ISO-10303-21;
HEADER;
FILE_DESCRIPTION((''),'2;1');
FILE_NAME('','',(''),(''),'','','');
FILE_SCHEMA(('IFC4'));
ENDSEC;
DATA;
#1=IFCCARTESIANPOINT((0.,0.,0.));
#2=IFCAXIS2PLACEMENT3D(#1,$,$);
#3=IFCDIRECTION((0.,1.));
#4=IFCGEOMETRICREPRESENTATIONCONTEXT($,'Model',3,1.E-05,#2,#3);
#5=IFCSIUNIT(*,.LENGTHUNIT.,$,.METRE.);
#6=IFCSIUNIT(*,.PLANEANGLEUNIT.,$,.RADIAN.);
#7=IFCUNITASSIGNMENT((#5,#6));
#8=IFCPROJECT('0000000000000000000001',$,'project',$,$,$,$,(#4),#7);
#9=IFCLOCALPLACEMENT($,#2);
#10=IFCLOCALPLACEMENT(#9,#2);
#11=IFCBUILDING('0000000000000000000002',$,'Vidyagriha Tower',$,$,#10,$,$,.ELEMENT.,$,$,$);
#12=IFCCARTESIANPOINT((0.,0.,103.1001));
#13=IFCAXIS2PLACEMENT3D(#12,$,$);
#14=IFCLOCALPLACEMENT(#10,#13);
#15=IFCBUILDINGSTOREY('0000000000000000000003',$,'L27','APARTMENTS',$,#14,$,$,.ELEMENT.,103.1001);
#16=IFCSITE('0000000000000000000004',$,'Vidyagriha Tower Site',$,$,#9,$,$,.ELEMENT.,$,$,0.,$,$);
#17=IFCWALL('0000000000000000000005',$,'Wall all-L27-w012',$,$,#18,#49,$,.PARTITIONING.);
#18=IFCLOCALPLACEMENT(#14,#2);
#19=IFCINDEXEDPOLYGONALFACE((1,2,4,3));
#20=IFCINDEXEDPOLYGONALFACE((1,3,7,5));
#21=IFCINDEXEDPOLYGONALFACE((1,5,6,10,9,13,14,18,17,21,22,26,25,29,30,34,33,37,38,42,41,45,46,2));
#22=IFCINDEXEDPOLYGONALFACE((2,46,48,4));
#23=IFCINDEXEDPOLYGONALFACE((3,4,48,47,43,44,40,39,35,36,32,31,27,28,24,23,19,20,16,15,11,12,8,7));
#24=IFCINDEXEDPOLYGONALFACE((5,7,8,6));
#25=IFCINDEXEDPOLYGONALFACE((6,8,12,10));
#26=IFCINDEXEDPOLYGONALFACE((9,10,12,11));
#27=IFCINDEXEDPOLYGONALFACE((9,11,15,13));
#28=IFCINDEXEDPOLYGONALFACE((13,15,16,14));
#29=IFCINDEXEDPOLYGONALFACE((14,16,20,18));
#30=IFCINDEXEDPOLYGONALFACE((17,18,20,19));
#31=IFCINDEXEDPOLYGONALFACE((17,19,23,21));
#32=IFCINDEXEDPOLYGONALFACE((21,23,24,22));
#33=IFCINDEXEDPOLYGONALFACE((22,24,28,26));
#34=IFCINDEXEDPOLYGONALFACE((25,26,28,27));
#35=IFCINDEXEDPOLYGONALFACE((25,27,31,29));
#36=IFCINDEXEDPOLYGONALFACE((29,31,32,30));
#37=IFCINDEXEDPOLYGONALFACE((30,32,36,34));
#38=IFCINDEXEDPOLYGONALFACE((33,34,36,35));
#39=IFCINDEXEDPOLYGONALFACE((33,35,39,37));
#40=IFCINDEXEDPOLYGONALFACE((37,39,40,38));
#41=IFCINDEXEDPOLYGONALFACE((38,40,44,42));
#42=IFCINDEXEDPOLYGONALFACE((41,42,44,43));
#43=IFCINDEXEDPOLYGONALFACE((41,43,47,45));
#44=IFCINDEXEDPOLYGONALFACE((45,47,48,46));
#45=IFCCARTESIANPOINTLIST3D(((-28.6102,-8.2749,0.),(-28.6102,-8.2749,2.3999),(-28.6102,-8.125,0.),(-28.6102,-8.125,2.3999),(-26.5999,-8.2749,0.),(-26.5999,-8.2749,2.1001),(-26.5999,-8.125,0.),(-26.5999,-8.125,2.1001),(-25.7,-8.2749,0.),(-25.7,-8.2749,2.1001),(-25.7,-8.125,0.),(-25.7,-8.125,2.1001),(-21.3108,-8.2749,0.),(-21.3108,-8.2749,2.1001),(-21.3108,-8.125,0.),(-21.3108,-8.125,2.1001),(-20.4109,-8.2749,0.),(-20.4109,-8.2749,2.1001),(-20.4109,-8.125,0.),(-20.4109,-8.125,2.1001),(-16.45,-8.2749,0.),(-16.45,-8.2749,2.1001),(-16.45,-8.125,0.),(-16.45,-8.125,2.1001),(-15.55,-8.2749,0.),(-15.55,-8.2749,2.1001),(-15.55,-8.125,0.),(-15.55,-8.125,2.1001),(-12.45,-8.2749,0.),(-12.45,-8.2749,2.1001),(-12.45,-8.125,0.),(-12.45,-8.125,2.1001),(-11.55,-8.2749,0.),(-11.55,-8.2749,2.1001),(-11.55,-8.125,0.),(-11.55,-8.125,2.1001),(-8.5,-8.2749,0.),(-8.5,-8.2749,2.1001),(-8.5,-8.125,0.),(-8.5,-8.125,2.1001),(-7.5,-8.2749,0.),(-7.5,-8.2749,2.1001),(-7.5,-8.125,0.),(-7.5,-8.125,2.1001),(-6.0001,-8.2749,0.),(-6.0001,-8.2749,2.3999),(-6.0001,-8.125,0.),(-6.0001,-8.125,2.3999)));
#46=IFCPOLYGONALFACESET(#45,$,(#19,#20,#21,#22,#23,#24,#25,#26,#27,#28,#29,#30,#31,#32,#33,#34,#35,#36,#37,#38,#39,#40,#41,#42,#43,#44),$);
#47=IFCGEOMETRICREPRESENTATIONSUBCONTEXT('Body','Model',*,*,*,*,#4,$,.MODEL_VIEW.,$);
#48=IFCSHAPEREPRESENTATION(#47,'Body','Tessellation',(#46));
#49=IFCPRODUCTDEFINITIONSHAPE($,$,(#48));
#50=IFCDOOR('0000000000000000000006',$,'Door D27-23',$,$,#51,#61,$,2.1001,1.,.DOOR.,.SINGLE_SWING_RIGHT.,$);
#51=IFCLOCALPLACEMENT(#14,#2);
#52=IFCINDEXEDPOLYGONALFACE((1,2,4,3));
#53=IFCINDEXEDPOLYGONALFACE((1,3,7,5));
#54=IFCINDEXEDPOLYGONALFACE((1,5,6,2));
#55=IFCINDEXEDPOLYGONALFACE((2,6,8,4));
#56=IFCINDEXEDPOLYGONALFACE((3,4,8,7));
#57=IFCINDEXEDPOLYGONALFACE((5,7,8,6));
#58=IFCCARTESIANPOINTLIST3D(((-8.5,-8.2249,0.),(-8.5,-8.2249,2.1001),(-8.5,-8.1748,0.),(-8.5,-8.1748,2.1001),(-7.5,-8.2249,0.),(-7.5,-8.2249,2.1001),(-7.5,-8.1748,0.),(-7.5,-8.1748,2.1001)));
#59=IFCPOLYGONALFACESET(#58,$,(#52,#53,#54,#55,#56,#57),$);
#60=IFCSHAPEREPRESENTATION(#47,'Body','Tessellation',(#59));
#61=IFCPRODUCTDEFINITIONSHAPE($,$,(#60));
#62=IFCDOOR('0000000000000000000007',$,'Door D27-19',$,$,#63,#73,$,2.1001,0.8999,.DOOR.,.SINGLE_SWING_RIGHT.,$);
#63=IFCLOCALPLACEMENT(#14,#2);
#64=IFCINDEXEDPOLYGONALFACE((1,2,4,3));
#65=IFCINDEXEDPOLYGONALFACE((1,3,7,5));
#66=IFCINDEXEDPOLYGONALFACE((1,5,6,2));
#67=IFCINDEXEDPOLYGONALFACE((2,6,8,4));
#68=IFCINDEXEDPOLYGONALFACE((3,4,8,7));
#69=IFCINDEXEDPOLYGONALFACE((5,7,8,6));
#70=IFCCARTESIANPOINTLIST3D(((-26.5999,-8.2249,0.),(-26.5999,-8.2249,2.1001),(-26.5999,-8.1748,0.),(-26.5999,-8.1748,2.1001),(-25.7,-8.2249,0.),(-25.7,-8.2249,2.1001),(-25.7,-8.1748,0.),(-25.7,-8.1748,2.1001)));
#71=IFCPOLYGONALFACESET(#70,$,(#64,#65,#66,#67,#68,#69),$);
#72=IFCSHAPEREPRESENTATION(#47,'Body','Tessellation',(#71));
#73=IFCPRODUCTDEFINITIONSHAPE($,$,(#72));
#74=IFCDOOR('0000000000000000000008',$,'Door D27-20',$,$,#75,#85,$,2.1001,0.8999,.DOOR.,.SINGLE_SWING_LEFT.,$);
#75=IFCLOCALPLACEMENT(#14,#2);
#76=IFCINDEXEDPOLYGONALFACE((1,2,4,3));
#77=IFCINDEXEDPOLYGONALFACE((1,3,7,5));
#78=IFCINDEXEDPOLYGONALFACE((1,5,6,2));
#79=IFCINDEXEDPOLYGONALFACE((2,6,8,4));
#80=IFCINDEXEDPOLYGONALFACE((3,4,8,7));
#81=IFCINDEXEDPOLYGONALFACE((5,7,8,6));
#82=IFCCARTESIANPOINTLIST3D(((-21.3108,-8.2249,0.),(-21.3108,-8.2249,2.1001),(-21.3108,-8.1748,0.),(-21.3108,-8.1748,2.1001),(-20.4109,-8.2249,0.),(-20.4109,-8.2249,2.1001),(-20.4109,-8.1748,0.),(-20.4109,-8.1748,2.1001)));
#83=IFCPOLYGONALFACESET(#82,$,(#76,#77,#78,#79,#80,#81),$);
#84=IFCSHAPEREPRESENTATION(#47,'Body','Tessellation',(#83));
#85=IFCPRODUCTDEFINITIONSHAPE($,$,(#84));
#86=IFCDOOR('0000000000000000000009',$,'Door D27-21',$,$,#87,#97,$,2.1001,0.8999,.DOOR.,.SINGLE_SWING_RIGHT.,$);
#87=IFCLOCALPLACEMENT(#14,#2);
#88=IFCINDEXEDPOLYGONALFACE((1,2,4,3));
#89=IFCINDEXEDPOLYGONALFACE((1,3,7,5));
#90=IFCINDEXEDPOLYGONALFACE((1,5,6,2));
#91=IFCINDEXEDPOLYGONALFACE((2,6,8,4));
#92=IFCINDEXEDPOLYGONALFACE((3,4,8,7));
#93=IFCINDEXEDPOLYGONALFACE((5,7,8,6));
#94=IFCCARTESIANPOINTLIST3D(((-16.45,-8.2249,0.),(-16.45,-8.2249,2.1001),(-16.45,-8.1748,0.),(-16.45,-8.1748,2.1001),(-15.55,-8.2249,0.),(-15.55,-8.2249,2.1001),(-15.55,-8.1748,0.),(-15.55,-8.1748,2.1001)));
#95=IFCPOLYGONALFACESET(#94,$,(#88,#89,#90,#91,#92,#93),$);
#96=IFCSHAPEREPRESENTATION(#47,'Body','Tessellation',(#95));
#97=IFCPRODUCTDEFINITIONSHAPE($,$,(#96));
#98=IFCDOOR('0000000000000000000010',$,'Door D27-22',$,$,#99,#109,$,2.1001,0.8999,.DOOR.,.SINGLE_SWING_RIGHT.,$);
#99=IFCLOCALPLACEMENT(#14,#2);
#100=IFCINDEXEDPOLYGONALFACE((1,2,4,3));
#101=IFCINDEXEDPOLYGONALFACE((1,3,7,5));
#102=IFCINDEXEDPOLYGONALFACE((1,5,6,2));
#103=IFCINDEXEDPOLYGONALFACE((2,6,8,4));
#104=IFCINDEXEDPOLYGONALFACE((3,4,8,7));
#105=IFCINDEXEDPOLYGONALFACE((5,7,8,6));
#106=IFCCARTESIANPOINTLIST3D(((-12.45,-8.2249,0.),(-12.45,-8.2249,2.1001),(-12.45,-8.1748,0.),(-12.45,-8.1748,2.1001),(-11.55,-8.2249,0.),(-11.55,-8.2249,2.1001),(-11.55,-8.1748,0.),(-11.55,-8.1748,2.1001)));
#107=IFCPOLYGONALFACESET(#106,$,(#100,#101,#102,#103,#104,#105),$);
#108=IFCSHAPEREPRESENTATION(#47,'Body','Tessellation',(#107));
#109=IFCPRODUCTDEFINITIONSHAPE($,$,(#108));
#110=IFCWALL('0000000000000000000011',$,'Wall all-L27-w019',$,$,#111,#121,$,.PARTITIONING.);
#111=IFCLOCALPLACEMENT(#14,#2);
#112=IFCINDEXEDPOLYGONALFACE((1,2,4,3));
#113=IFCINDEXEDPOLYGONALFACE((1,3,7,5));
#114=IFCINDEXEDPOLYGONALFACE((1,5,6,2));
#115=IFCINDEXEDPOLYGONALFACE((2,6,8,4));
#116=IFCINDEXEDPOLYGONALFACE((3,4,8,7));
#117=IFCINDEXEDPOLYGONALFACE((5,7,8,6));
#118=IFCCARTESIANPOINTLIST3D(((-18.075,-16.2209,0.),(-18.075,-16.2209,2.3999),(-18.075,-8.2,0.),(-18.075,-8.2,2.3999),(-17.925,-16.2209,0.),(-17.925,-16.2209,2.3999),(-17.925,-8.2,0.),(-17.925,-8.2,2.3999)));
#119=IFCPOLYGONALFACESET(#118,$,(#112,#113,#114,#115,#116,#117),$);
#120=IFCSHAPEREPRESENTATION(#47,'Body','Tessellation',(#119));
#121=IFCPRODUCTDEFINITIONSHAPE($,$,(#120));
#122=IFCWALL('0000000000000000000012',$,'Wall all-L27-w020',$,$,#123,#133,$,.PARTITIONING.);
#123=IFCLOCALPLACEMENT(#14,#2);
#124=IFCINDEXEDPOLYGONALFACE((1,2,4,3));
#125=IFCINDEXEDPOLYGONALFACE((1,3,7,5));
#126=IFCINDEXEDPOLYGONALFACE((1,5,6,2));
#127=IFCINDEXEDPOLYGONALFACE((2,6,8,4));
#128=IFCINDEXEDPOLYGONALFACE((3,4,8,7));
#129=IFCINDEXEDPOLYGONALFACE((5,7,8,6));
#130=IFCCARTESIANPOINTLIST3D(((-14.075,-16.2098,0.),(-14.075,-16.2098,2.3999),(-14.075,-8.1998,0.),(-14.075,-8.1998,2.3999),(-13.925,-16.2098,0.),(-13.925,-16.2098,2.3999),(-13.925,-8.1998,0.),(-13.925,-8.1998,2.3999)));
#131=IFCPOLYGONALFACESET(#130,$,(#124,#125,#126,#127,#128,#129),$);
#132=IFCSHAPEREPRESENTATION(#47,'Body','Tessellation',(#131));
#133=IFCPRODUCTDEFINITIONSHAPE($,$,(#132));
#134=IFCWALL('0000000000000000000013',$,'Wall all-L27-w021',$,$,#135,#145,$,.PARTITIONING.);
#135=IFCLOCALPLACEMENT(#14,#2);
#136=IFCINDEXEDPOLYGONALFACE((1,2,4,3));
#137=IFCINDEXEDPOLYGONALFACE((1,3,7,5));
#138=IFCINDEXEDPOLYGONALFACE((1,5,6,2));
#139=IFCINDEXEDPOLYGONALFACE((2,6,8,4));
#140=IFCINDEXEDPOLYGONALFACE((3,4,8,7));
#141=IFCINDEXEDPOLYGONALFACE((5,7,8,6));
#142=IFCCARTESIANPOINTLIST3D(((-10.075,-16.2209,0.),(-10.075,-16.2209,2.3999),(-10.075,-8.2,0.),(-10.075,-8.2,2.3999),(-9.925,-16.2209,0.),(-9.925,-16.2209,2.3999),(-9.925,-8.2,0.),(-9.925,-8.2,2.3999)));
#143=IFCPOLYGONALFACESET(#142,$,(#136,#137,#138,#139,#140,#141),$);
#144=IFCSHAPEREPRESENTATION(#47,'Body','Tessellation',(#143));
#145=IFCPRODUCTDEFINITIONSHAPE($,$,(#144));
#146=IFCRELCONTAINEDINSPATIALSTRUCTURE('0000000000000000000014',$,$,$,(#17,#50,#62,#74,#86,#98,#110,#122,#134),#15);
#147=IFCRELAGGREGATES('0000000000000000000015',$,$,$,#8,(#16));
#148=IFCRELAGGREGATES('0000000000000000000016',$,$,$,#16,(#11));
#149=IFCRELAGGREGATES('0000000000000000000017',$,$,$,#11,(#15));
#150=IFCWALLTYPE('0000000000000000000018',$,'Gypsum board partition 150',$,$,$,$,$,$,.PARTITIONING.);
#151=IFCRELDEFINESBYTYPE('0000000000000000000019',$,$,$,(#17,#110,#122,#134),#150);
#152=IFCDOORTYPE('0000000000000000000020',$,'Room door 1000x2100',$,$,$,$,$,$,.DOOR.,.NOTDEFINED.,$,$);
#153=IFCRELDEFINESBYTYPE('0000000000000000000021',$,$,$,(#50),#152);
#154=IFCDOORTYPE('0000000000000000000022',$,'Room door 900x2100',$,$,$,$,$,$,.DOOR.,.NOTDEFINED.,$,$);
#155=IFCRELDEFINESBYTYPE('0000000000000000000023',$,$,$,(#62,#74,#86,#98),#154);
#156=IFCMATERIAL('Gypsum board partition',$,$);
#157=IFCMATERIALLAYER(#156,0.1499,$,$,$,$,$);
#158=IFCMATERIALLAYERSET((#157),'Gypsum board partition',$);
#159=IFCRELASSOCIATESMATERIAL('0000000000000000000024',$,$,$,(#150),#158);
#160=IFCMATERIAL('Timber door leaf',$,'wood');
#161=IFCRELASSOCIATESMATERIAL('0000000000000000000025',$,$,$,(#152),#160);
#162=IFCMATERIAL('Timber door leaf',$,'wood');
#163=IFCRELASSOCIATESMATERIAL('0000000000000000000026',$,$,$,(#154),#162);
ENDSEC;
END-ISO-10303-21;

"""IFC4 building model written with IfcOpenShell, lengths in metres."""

from ifc_helpers import new_model, si_unit, direction, frame, frame_2d, origin, place, context, subcontext, project, spatial, rectangle, extrude, material, layer, layer_set, type_object, element, fill, save


model = new_model("IFC4")

# Units and contexts
model_context = context("Model", 3, precision=1e-05, world=origin(), true_north=direction((0.0, 1.0)))
body_context = subcontext(model_context, "Body", "Model", "MODEL_VIEW")
ifc_project = project(units=[si_unit("LENGTHUNIT", "METRE"), si_unit("PLANEANGLEUNIT", "RADIAN")], contexts=[model_context])

# Site, building, storey
site_placement = place(None, origin())
site = spatial("IfcSite", under=ifc_project, at=site_placement, Name="Vidyagriha Tower Site", CompositionType="ELEMENT", RefElevation=0.0)
building_placement = place(site_placement, origin())
building = spatial("IfcBuilding", under=site, at=building_placement, Name="Vidyagriha Tower", CompositionType="ELEMENT")
storey_placement = place(building_placement, frame((0.0, 0.0, 103.1001)))
storey = spatial("IfcBuildingStorey", under=building, at=storey_placement, Name="L27", Description="APARTMENTS", CompositionType="ELEMENT", Elevation=103.1001)

# Shared definitions
ifc_material_1 = material(Name="Gypsum board partition")
ifc_layer_1 = layer(ifc_material_1, 0.1499)
ifc_layer_set_1 = layer_set([ifc_layer_1], Name="Gypsum board partition")
wall_type_1 = type_object("IfcWallType", Name="Gypsum board partition 150", PredefinedType="PARTITIONING", material=ifc_layer_set_1)

# Wall, openings, doors
wall_1_placement = place(storey_placement, frame((-6.0, -8.2, 0.0), z_axis=(0.0, 0.0, 1.0), x_axis=(-1.0, 0.0, 0.0)))
wall_1 = element("IfcWall", 1, at=wall_1_placement, inside=storey, type_object=wall_type_1, Name="Wall all-L27-w012", PredefinedType="PARTITIONING", context=body_context, shape_type="SweptSolid", body=[
    extrude(rectangle(XDim=22.6101, YDim=0.1499, at=frame_2d((11.3052, 0.0))), origin(), (0.0, 0.0, 1.0), 2.3999),
])
opening_1_placement = place(wall_1_placement, frame((19.7, 0.0, 0.0)))
opening_1 = element("IfcOpeningElement", 2, at=opening_1_placement, cuts=wall_1, PredefinedType="OPENING", context=body_context, shape_type="SweptSolid", body=[
    extrude(rectangle(XDim=0.8999, YDim=2.1001, at=frame_2d((0.45, 1.05))), frame((0.0, 0.085, 0.0), z_axis=(0.0, -1.0, 0.0), x_axis=(1.0, 0.0, 0.0)), (0.0, 0.0, 1.0), 0.1699),
])
opening_2_placement = place(wall_1_placement, frame((14.4109, 0.0, 0.0)))
opening_2 = element("IfcOpeningElement", 3, at=opening_2_placement, cuts=wall_1, PredefinedType="OPENING", context=body_context, shape_type="SweptSolid", body=[
    extrude(rectangle(XDim=0.8999, YDim=2.1001, at=frame_2d((0.45, 1.05))), frame((0.0, 0.085, 0.0), z_axis=(0.0, -1.0, 0.0), x_axis=(1.0, 0.0, 0.0)), (0.0, 0.0, 1.0), 0.1699),
])
opening_3_placement = place(wall_1_placement, frame((9.55, 0.0, 0.0)))
opening_3 = element("IfcOpeningElement", 4, at=opening_3_placement, cuts=wall_1, PredefinedType="OPENING", context=body_context, shape_type="SweptSolid", body=[
    extrude(rectangle(XDim=0.8999, YDim=2.1001, at=frame_2d((0.45, 1.05))), frame((0.0, 0.085, 0.0), z_axis=(0.0, -1.0, 0.0), x_axis=(1.0, 0.0, 0.0)), (0.0, 0.0, 1.0), 0.1699),
])
opening_4_placement = place(wall_1_placement, frame((5.55, 0.0, 0.0)))
opening_4 = element("IfcOpeningElement", 5, at=opening_4_placement, cuts=wall_1, PredefinedType="OPENING", context=body_context, shape_type="SweptSolid", body=[
    extrude(rectangle(XDim=0.8999, YDim=2.1001, at=frame_2d((0.45, 1.05))), frame((0.0, 0.085, 0.0), z_axis=(0.0, -1.0, 0.0), x_axis=(1.0, 0.0, 0.0)), (0.0, 0.0, 1.0), 0.1699),
])
opening_5_placement = place(wall_1_placement, frame((1.5, 0.0, 0.0)))
opening_5 = element("IfcOpeningElement", 6, at=opening_5_placement, cuts=wall_1, PredefinedType="OPENING", context=body_context, shape_type="SweptSolid", body=[
    extrude(rectangle(XDim=1.0, YDim=2.1001, at=frame_2d((0.5, 1.05))), frame((0.0, 0.085, 0.0), z_axis=(0.0, -1.0, 0.0), x_axis=(1.0, 0.0, 0.0)), (0.0, 0.0, 1.0), 0.1699),
])
ifc_material_2 = material(Name="Timber door leaf", Category="wood")
door_type_1 = type_object("IfcDoorType", Name="Room door 1000x2100", OperationType="NOTDEFINED", PredefinedType="DOOR", material=ifc_material_2)
door_1_placement = place(opening_5_placement, origin())
door_1 = element("IfcDoor", 7, at=door_1_placement, inside=storey, type_object=door_type_1, Name="Door D27-23", OperationType="SINGLE_SWING_RIGHT", OverallHeight=2.1001, OverallWidth=1.0, PredefinedType="DOOR", context=body_context, shape_type="SweptSolid", body=[
    extrude(rectangle(XDim=1.0, YDim=2.1001, at=frame_2d((0.5, 1.05))), frame((0.0, 0.0249, 0.0), z_axis=(0.0, -1.0, 0.0), x_axis=(1.0, 0.0, 0.0)), (0.0, 0.0, 1.0), 0.05),
])
fill(opening_5, door_1)
ifc_material_3 = material(Name="Timber door leaf", Category="wood")
door_type_2 = type_object("IfcDoorType", Name="Room door 900x2100", OperationType="NOTDEFINED", PredefinedType="DOOR", material=ifc_material_3)
door_2_placement = place(opening_1_placement, origin())
door_2 = element("IfcDoor", 8, at=door_2_placement, inside=storey, type_object=door_type_2, Name="Door D27-19", OperationType="SINGLE_SWING_RIGHT", OverallHeight=2.1001, OverallWidth=0.8999, PredefinedType="DOOR", context=body_context, shape_type="SweptSolid", body=[
    extrude(rectangle(XDim=0.8999, YDim=2.1001, at=frame_2d((0.45, 1.05))), frame((0.0, 0.0249, 0.0), z_axis=(0.0, -1.0, 0.0), x_axis=(1.0, 0.0, 0.0)), (0.0, 0.0, 1.0), 0.05),
])
fill(opening_1, door_2)
door_3_placement = place(opening_2_placement, origin())
door_3 = element("IfcDoor", 9, at=door_3_placement, inside=storey, type_object=door_type_2, Name="Door D27-20", OperationType="SINGLE_SWING_LEFT", OverallHeight=2.1001, OverallWidth=0.8999, PredefinedType="DOOR", context=body_context, shape_type="SweptSolid", body=[
    extrude(rectangle(XDim=0.8999, YDim=2.1001, at=frame_2d((0.45, 1.05))), frame((0.0, 0.0249, 0.0), z_axis=(0.0, -1.0, 0.0), x_axis=(1.0, 0.0, 0.0)), (0.0, 0.0, 1.0), 0.05),
])
fill(opening_2, door_3)
door_4_placement = place(opening_3_placement, origin())
door_4 = element("IfcDoor", 10, at=door_4_placement, inside=storey, type_object=door_type_2, Name="Door D27-21", OperationType="SINGLE_SWING_RIGHT", OverallHeight=2.1001, OverallWidth=0.8999, PredefinedType="DOOR", context=body_context, shape_type="SweptSolid", body=[
    extrude(rectangle(XDim=0.8999, YDim=2.1001, at=frame_2d((0.45, 1.05))), frame((0.0, 0.0249, 0.0), z_axis=(0.0, -1.0, 0.0), x_axis=(1.0, 0.0, 0.0)), (0.0, 0.0, 1.0), 0.05),
])
fill(opening_3, door_4)
door_5_placement = place(opening_4_placement, origin())
door_5 = element("IfcDoor", 11, at=door_5_placement, inside=storey, type_object=door_type_2, Name="Door D27-22", OperationType="SINGLE_SWING_RIGHT", OverallHeight=2.1001, OverallWidth=0.8999, PredefinedType="DOOR", context=body_context, shape_type="SweptSolid", body=[
    extrude(rectangle(XDim=0.8999, YDim=2.1001, at=frame_2d((0.45, 1.05))), frame((0.0, 0.0249, 0.0), z_axis=(0.0, -1.0, 0.0), x_axis=(1.0, 0.0, 0.0)), (0.0, 0.0, 1.0), 0.05),
])
fill(opening_4, door_5)

# Walls
wall_2_placement = place(storey_placement, frame((-18.0, -8.2, 0.0), z_axis=(0.0, 0.0, 1.0), x_axis=(0.0, -1.0, 0.0)))
element("IfcWall", 12, at=wall_2_placement, inside=storey, type_object=wall_type_1, Name="Wall all-L27-w019", PredefinedType="PARTITIONING", context=body_context, shape_type="SweptSolid", body=[
    extrude(rectangle(XDim=8.021, YDim=0.1499, at=frame_2d((4.0105, 0.0))), origin(), (0.0, 0.0, 1.0), 2.3999),
])
wall_3_placement = place(storey_placement, frame((-14.0, -8.2, 0.0), z_axis=(0.0, 0.0, 1.0), x_axis=(0.0, -1.0, 0.0)))
element("IfcWall", 13, at=wall_3_placement, inside=storey, type_object=wall_type_1, Name="Wall all-L27-w020", PredefinedType="PARTITIONING", context=body_context, shape_type="SweptSolid", body=[
    extrude(rectangle(XDim=8.01, YDim=0.1499, at=frame_2d((4.0049, 0.0))), origin(), (0.0, 0.0, 1.0), 2.3999),
])
wall_4_placement = place(storey_placement, frame((-10.0, -8.2, 0.0), z_axis=(0.0, 0.0, 1.0), x_axis=(0.0, -1.0, 0.0)))
element("IfcWall", 14, at=wall_4_placement, inside=storey, type_object=wall_type_1, Name="Wall all-L27-w021", PredefinedType="PARTITIONING", context=body_context, shape_type="SweptSolid", body=[
    extrude(rectangle(XDim=8.021, YDim=0.1499, at=frame_2d((4.0105, 0.0))), origin(), (0.0, 0.0, 1.0), 2.3999),
])

save(model, "model.ifc")
